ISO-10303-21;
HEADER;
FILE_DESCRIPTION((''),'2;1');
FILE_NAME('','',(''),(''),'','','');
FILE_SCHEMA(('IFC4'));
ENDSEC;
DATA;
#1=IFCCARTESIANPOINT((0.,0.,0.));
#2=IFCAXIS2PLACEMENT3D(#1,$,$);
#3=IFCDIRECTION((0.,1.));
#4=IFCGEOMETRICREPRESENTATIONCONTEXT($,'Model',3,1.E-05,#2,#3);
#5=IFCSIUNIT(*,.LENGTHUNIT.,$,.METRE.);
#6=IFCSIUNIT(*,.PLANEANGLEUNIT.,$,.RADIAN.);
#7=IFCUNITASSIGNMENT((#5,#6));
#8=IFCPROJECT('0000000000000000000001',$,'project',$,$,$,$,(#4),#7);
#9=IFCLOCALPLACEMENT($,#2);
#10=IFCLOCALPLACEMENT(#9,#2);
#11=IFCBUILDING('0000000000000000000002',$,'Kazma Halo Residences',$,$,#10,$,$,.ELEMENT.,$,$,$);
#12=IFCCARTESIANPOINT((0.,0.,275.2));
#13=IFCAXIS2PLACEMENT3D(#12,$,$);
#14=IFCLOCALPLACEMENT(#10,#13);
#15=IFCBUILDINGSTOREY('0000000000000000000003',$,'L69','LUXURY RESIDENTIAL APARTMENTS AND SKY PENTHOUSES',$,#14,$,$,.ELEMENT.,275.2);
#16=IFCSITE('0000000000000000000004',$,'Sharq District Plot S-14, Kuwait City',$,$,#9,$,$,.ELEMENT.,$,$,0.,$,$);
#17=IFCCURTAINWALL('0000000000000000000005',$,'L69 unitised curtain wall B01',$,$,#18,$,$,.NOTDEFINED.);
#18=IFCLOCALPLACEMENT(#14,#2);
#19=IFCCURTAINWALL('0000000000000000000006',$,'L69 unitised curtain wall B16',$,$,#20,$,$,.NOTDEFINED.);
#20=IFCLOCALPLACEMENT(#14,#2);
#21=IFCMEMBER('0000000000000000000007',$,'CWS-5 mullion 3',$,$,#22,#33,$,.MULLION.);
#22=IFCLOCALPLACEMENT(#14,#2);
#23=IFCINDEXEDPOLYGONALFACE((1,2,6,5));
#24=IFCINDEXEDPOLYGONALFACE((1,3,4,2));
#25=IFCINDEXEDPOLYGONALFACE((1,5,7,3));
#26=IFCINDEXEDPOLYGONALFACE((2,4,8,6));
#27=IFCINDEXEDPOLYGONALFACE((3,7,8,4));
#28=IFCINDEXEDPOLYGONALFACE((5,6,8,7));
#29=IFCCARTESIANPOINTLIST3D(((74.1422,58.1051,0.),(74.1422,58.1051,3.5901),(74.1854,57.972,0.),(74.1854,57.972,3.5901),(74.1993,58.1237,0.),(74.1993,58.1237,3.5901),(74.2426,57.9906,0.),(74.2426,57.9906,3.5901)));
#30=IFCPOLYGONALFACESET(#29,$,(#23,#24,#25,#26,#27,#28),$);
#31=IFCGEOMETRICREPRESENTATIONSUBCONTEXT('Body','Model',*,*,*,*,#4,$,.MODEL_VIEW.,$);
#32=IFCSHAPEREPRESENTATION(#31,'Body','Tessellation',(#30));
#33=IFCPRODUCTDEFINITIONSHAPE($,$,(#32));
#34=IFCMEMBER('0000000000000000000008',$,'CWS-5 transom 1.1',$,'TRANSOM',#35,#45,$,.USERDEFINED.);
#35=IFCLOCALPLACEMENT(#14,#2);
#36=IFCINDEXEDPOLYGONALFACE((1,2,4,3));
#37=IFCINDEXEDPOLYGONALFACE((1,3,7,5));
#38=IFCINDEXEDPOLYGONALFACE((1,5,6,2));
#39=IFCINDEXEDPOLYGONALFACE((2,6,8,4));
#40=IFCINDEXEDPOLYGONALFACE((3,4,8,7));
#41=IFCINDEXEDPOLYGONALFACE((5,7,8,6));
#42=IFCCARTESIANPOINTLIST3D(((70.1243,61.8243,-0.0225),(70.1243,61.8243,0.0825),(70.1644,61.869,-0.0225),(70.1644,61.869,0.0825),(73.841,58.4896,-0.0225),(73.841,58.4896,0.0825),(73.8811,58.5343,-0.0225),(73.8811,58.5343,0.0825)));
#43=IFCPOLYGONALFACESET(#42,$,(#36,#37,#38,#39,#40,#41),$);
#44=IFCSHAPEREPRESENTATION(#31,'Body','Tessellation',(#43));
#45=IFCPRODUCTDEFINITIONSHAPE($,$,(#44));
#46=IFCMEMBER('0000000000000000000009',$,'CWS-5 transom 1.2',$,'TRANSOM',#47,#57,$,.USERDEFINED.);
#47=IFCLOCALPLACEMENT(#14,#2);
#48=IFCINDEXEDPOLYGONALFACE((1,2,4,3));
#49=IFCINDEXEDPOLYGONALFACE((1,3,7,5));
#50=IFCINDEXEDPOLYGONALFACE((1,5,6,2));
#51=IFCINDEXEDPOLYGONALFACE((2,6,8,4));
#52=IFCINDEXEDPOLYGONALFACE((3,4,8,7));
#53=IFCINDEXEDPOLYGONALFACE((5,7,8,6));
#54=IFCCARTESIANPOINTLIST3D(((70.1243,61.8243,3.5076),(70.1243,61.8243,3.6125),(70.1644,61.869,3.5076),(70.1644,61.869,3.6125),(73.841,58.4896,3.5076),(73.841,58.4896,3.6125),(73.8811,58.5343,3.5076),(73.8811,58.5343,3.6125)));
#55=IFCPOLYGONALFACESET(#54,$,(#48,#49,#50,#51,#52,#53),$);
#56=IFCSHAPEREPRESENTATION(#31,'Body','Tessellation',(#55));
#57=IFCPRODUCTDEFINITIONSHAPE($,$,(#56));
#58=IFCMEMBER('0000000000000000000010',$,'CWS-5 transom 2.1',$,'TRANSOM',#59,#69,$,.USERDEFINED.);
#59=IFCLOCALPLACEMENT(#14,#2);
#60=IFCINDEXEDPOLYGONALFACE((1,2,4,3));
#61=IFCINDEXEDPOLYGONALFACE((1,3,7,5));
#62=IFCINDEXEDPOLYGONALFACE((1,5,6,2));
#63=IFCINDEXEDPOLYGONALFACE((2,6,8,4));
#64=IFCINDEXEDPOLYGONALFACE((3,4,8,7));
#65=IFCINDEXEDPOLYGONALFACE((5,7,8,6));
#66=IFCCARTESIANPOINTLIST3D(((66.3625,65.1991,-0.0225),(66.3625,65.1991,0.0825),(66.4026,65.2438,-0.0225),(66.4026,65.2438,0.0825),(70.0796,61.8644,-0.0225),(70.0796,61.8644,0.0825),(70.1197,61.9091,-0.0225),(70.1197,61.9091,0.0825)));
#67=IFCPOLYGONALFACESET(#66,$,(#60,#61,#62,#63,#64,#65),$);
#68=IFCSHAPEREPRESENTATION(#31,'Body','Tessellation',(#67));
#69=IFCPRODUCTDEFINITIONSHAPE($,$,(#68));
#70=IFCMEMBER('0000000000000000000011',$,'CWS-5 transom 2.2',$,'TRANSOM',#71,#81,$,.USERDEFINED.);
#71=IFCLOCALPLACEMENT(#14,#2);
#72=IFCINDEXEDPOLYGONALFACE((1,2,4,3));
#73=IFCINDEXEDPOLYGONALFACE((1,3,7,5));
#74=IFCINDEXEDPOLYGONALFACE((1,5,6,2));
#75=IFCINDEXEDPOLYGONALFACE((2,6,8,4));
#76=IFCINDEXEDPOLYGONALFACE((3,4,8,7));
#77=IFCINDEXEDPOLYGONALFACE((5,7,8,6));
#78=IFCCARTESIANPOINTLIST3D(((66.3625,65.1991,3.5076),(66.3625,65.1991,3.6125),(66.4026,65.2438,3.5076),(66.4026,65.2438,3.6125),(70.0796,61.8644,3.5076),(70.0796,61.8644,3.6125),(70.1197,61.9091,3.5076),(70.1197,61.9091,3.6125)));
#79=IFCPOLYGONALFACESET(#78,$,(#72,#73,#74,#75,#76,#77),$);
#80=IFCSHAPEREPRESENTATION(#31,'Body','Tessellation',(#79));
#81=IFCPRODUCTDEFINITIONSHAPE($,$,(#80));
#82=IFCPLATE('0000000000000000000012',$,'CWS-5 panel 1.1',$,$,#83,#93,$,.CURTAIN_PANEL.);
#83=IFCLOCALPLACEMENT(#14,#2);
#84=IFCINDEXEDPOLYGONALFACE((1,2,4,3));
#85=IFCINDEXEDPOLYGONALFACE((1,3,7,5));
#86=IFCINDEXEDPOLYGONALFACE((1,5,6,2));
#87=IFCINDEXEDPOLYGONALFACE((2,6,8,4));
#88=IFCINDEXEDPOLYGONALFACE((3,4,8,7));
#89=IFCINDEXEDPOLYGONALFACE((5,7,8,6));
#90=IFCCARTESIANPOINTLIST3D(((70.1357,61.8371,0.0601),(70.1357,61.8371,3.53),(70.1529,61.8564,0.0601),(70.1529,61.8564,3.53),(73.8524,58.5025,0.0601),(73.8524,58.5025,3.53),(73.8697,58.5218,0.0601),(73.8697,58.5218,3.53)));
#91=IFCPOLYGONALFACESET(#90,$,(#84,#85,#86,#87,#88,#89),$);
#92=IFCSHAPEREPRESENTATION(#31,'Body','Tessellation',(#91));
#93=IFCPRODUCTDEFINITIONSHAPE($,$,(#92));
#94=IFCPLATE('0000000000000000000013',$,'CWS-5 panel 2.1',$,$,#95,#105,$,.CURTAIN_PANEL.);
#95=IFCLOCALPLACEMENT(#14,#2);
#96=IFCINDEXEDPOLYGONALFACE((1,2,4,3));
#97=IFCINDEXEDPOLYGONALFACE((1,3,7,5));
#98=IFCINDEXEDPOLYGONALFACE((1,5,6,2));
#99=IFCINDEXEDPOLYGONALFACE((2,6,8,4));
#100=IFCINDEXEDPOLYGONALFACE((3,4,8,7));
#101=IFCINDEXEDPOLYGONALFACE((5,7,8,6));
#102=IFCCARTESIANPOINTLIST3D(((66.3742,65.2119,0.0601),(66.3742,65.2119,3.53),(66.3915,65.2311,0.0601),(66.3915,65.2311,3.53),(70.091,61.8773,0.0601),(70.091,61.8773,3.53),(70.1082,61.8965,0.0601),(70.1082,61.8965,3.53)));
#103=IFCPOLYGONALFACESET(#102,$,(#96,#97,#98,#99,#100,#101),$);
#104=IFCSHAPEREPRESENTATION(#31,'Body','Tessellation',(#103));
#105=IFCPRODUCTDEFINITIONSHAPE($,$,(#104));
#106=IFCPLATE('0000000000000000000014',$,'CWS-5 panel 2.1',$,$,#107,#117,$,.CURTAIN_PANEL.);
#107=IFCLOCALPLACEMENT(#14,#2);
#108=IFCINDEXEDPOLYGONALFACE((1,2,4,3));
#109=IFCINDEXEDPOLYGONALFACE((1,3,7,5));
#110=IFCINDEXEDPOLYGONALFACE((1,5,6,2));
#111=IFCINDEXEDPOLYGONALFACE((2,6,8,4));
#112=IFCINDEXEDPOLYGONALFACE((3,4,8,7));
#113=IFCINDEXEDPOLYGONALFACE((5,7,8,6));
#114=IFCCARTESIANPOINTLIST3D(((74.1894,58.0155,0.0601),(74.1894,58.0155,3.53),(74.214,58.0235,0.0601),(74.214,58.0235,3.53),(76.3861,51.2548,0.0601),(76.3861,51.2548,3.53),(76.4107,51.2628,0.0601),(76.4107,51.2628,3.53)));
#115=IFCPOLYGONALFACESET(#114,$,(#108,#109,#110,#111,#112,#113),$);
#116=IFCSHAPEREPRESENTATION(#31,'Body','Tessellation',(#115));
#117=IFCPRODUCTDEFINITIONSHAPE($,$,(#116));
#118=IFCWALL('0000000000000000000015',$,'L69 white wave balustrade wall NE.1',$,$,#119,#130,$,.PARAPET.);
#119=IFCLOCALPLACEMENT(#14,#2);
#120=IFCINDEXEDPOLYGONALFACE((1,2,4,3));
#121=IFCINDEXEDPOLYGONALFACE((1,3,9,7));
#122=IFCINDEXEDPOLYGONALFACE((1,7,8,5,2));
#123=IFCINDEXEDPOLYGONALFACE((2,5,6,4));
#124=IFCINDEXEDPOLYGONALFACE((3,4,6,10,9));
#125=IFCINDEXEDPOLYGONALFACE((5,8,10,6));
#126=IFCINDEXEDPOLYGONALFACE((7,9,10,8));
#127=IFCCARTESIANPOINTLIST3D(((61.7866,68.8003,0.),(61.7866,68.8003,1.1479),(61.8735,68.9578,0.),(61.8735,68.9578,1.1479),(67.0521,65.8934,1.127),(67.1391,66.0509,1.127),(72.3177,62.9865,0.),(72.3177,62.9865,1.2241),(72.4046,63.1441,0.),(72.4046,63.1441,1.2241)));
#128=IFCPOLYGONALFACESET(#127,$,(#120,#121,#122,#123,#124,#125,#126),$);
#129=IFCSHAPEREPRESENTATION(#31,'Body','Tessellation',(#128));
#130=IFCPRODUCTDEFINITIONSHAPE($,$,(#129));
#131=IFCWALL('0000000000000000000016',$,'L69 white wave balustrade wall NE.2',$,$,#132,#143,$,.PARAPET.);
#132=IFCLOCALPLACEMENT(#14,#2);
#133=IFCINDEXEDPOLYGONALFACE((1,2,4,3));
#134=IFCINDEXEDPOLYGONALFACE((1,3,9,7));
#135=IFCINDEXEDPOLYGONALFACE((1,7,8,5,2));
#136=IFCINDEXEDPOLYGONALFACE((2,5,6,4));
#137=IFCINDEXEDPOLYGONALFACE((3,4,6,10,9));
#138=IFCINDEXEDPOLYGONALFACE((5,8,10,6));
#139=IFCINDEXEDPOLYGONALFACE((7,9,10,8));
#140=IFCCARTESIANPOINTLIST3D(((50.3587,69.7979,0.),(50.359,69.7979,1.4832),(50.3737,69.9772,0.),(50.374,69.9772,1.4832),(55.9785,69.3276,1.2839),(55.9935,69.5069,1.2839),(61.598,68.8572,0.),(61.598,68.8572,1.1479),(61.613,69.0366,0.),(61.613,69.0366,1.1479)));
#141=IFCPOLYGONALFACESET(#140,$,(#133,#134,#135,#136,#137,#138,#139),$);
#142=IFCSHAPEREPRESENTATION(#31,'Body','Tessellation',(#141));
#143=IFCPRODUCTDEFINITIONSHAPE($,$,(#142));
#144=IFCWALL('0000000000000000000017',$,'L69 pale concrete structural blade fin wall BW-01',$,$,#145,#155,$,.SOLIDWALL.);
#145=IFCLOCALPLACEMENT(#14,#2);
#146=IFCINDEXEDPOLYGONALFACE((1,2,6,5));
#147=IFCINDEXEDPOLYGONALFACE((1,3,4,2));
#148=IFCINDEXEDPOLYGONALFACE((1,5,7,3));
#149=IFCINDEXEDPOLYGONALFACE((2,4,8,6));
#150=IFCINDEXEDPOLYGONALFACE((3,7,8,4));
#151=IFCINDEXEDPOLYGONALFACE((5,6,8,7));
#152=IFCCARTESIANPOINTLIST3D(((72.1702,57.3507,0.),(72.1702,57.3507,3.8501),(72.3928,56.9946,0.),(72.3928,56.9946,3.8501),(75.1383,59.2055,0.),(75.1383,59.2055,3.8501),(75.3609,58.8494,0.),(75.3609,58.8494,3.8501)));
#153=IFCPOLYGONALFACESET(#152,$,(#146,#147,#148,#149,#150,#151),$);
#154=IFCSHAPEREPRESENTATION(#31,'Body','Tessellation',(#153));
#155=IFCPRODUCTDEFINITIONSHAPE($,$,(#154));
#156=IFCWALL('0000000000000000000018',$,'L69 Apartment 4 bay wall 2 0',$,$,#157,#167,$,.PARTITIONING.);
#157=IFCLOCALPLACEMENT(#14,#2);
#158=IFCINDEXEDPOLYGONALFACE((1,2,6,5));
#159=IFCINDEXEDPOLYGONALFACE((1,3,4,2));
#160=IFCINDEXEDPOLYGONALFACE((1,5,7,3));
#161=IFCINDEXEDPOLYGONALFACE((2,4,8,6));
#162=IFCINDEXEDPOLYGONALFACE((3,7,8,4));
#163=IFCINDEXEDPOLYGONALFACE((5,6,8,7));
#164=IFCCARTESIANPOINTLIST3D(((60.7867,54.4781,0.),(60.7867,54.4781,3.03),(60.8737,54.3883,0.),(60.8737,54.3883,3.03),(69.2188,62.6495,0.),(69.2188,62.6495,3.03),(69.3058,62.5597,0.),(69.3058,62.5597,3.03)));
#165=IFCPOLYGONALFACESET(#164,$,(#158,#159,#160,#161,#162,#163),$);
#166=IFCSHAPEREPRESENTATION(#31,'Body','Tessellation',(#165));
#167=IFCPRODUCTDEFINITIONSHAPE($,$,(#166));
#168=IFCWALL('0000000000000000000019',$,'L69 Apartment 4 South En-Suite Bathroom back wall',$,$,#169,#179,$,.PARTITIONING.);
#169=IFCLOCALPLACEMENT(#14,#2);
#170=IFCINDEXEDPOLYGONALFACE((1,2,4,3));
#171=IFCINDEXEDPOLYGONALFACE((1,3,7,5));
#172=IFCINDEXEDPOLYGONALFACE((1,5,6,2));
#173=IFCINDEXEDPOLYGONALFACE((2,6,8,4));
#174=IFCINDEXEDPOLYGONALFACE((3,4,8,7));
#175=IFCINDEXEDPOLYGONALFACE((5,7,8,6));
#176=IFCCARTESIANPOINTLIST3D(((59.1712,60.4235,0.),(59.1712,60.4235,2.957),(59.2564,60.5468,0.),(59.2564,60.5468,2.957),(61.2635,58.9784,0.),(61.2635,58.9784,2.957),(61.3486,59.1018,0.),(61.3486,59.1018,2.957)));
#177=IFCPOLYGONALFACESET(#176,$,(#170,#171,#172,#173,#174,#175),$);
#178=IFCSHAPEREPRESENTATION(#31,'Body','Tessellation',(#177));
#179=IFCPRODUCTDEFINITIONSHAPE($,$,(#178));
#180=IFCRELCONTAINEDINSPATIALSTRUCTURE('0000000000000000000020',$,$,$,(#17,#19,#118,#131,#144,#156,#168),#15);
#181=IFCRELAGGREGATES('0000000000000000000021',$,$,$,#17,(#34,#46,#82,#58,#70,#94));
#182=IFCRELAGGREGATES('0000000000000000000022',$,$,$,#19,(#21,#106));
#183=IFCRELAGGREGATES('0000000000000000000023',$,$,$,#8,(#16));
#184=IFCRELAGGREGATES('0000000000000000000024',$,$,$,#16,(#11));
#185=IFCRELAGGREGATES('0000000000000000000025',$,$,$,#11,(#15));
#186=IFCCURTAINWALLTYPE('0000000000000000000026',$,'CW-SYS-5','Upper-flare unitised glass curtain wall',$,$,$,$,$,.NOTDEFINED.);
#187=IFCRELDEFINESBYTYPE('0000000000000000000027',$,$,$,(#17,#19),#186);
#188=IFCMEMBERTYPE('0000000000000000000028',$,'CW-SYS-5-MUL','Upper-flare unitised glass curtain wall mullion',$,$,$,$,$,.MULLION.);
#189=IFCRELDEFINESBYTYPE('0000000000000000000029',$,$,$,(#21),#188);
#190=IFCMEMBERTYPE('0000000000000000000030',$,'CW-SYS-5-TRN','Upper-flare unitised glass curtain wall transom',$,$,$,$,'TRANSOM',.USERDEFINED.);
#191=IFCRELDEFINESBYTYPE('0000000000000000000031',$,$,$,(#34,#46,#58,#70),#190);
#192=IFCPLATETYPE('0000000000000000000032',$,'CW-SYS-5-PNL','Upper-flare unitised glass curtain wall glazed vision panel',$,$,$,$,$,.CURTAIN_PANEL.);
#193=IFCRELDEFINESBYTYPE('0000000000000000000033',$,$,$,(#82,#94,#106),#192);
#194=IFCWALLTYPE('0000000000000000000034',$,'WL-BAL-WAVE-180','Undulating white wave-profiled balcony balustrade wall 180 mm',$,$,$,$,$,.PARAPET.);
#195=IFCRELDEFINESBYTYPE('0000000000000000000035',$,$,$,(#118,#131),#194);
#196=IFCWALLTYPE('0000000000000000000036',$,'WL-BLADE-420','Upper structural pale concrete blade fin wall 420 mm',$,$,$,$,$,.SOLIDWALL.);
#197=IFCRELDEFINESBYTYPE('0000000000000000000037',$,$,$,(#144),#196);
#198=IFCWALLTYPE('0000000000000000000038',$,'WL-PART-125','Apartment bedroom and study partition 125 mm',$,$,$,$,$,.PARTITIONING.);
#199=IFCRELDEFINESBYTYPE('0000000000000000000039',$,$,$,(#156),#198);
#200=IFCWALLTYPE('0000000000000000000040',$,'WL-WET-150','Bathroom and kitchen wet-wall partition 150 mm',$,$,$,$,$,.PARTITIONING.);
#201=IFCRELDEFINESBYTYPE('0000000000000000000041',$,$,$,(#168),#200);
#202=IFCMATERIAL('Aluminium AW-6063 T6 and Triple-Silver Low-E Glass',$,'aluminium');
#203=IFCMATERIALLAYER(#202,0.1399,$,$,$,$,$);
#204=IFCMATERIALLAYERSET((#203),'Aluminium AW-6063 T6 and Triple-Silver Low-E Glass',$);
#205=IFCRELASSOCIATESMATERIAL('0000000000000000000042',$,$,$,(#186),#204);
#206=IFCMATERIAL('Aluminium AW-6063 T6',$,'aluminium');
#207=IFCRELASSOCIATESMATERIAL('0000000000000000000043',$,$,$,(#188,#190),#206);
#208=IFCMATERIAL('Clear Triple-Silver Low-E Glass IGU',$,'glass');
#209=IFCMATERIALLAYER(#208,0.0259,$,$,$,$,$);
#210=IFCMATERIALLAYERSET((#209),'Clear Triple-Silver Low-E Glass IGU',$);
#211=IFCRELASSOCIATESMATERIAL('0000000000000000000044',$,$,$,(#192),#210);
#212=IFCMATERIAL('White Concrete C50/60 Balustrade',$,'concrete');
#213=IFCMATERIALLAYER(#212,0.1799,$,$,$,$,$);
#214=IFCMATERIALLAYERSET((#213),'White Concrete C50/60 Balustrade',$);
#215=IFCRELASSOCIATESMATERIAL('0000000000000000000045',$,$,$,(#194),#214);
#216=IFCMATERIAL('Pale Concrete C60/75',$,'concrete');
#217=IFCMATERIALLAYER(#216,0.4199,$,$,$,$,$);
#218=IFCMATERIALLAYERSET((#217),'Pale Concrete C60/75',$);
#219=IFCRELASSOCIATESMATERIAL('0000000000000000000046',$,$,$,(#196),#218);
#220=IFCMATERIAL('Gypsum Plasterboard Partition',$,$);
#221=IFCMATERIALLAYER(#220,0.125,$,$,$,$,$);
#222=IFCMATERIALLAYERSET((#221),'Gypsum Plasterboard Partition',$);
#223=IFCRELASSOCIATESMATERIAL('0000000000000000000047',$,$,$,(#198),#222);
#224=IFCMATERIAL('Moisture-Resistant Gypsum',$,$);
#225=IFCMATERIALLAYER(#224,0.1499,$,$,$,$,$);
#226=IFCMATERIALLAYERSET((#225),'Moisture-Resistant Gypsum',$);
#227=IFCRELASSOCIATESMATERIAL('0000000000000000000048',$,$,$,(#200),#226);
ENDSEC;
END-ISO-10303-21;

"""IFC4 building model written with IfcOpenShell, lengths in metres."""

from ifc_helpers import new_model, si_unit, direction, frame, frame_2d, origin, origin_2d, place, context, subcontext, project, spatial, polyline, rectangle, outline, extrude, material, layer, layer_set, material_profile, profile_set, type_object, element, aggregate, save


model = new_model("IFC4")

# Units and contexts
model_context = context("Model", 3, precision=1e-05, world=origin(), true_north=direction((0.0, 1.0)))
body_context = subcontext(model_context, "Body", "Model", "MODEL_VIEW")
ifc_project = project(units=[si_unit("LENGTHUNIT", "METRE"), si_unit("PLANEANGLEUNIT", "RADIAN")], contexts=[model_context])

# Site, building, storey
site_placement = place(None, origin())
site = spatial("IfcSite", under=ifc_project, at=site_placement, Name="Sharq District Plot S-14, Kuwait City", CompositionType="ELEMENT", RefElevation=0.0)
building_placement = place(site_placement, origin())
building = spatial("IfcBuilding", under=site, at=building_placement, Name="Kazma Halo Residences", CompositionType="ELEMENT")
storey_placement = place(building_placement, frame((0.0, 0.0, 275.2)))
storey = spatial("IfcBuildingStorey", under=building, at=storey_placement, Name="L69", Description="LUXURY RESIDENTIAL APARTMENTS AND SKY PENTHOUSES", CompositionType="ELEMENT", Elevation=275.2)

# Curtain wall
ifc_material_1 = material(Name="Aluminium AW-6063 T6 and Triple-Silver Low-E Glass", Category="aluminium")
ifc_layer_1 = layer(ifc_material_1, 0.1399)
ifc_layer_set_1 = layer_set([ifc_layer_1], Name="Aluminium AW-6063 T6 and Triple-Silver Low-E Glass")
curtain_wall_type = type_object("IfcCurtainWallType", Name="CW-SYS-5", Description="Upper-flare unitised glass curtain wall", PredefinedType="NOTDEFINED", material=ifc_layer_set_1)
curtain_wall_1_placement = place(storey_placement, origin())
curtain_wall_1 = element("IfcCurtainWall", 1, at=curtain_wall_1_placement, inside=storey, type_object=curtain_wall_type, Name="L69 unitised curtain wall B01", PredefinedType="NOTDEFINED")
ifc_material_2 = material(Name="Aluminium AW-6063 T6", Category="aluminium")
ifc_material_profile_1 = material_profile(ifc_material_2, rectangle(XDim=0.0601, YDim=0.1399, at=origin_2d()), Name="CWM-60x140")
ifc_profile_set_1 = profile_set([ifc_material_profile_1], Name="Aluminium AW-6063 T6")
member_type_1 = type_object("IfcMemberType", Name="CW-SYS-5-MUL", Description="Upper-flare unitised glass curtain wall mullion", PredefinedType="MULLION", material=ifc_profile_set_1)

# Curtain wall, member
curtain_wall_2_placement = place(storey_placement, origin())
curtain_wall_2 = element("IfcCurtainWall", 2, at=curtain_wall_2_placement, inside=storey, type_object=curtain_wall_type, Name="L69 unitised curtain wall B16", PredefinedType="NOTDEFINED")
member_1_placement = place(storey_placement, frame((74.1924, 58.0479, 0.0), z_axis=(0.0, 0.0, 1.0), x_axis=(-0.951058, -0.309011, 0.0)))
member_1 = element("IfcMember", 3, at=member_1_placement, type_object=member_type_1, Name="CWS-5 mullion 3", PredefinedType="MULLION", context=body_context, shape_type="SweptSolid", body=[
    extrude(rectangle(XDim=0.0601, YDim=0.1399, at=origin_2d()), origin(), (0.0, 0.0, 1.0), 3.5901),
])

# Members
ifc_material_profile_2 = material_profile(ifc_material_2, rectangle(XDim=0.0601, YDim=0.105, at=origin_2d()), Name="CWT-60x105")
ifc_profile_set_2 = profile_set([ifc_material_profile_2], Name="Aluminium AW-6063 T6")
member_type_2 = type_object("IfcMemberType", Name="CW-SYS-5-TRN", Description="Upper-flare unitised glass curtain wall transom", ElementType="TRANSOM", PredefinedType="USERDEFINED", material=ifc_profile_set_2)
member_2_placement = place(storey_placement, frame((73.8611, 58.512, 0.03), z_axis=(-0.744329, 0.667813, 0.0), x_axis=(-0.667813, -0.744329, 0.0)))
member_2 = element("IfcMember", 4, at=member_2_placement, type_object=member_type_2, Name="CWS-5 transom 1.1", ObjectType="TRANSOM", PredefinedType="USERDEFINED", context=body_context, shape_type="SweptSolid", body=[
    extrude(rectangle(XDim=0.0601, YDim=0.105, at=origin_2d()), origin(), (0.0, 0.0, 1.0), 4.9934),
])
member_3_placement = place(storey_placement, frame((73.8611, 58.512, 3.5601), z_axis=(-0.744329, 0.667813, 0.0), x_axis=(-0.667813, -0.744329, 0.0)))
member_3 = element("IfcMember", 5, at=member_3_placement, type_object=member_type_2, Name="CWS-5 transom 1.2", ObjectType="TRANSOM", PredefinedType="USERDEFINED", context=body_context, shape_type="SweptSolid", body=[
    extrude(rectangle(XDim=0.0601, YDim=0.105, at=origin_2d()), origin(), (0.0, 0.0, 1.0), 4.9934),
])
member_4_placement = place(storey_placement, frame((70.0996, 61.8867, 0.03), z_axis=(-0.744351, 0.667789, 0.0), x_axis=(-0.667789, -0.744351, 0.0)))
member_4 = element("IfcMember", 6, at=member_4_placement, type_object=member_type_2, Name="CWS-5 transom 2.1", ObjectType="TRANSOM", PredefinedType="USERDEFINED", context=body_context, shape_type="SweptSolid", body=[
    extrude(rectangle(XDim=0.0601, YDim=0.105, at=origin_2d()), origin(), (0.0, 0.0, 1.0), 4.9937),
])
member_5_placement = place(storey_placement, frame((70.0996, 61.8867, 3.5601), z_axis=(-0.744351, 0.667789, 0.0), x_axis=(-0.667789, -0.744351, 0.0)))
member_5 = element("IfcMember", 7, at=member_5_placement, type_object=member_type_2, Name="CWS-5 transom 2.2", ObjectType="TRANSOM", PredefinedType="USERDEFINED", context=body_context, shape_type="SweptSolid", body=[
    extrude(rectangle(XDim=0.0601, YDim=0.105, at=origin_2d()), origin(), (0.0, 0.0, 1.0), 4.9937),
])

# Plates
ifc_material_3 = material(Name="Clear Triple-Silver Low-E Glass IGU", Category="glass")
ifc_layer_2 = layer(ifc_material_3, 0.0259)
ifc_layer_set_2 = layer_set([ifc_layer_2], Name="Clear Triple-Silver Low-E Glass IGU")
plate_type = type_object("IfcPlateType", Name="CW-SYS-5-PNL", Description="Upper-flare unitised glass curtain wall glazed vision panel", PredefinedType="CURTAIN_PANEL", material=ifc_layer_set_2)
plate_1_placement = place(storey_placement, frame((72.0027, 60.1794, 0.0601), z_axis=(0.0, 0.0, 1.0), x_axis=(-0.744336, 0.667805, 0.0)))
plate_1 = element("IfcPlate", 8, at=plate_1_placement, type_object=plate_type, Name="CWS-5 panel 1.1", PredefinedType="CURTAIN_PANEL", context=body_context, shape_type="SweptSolid", body=[
    extrude(rectangle(XDim=4.9934, YDim=0.0259, at=origin_2d()), origin(), (0.0, 0.0, 1.0), 3.47),
])
plate_2_placement = place(storey_placement, frame((68.2412, 63.5542, 0.0601), z_axis=(0.0, 0.0, 1.0), x_axis=(-0.744336, 0.667805, 0.0)))
plate_2 = element("IfcPlate", 9, at=plate_2_placement, type_object=plate_type, Name="CWS-5 panel 2.1", PredefinedType="CURTAIN_PANEL", context=body_context, shape_type="SweptSolid", body=[
    extrude(rectangle(XDim=4.9934, YDim=0.0259, at=origin_2d()), origin(), (0.0, 0.0, 1.0), 3.47),
])
aggregate(curtain_wall_1, [member_2, member_3, plate_1, member_4, member_5, plate_2])
plate_3_placement = place(storey_placement, frame((75.3, 54.6392, 0.0601), z_axis=(0.0, 0.0, 1.0), x_axis=(-0.309011, 0.951058, 0.0)))
plate_3 = element("IfcPlate", 10, at=plate_3_placement, type_object=plate_type, Name="CWS-5 panel 2.1", PredefinedType="CURTAIN_PANEL", context=body_context, shape_type="SweptSolid", body=[
    extrude(rectangle(XDim=7.1086, YDim=0.0259, at=origin_2d()), origin(), (0.0, 0.0, 1.0), 3.47),
])
aggregate(curtain_wall_2, [member_1, plate_3])

# Walls
ifc_material_4 = material(Name="White Concrete C50/60 Balustrade", Category="concrete")
ifc_layer_3 = layer(ifc_material_4, 0.1799)
ifc_layer_set_3 = layer_set([ifc_layer_3], Name="White Concrete C50/60 Balustrade")
wall_type_1 = type_object("IfcWallType", Name="WL-BAL-WAVE-180", Description="Undulating white wave-profiled balcony balustrade wall 180 mm", PredefinedType="PARAPET", material=ifc_layer_set_3)
wall_1_placement = place(storey_placement, frame((72.3611, 63.0652, 0.0), z_axis=(0.0, 0.0, 1.0), x_axis=(-0.875454, 0.483301, 0.0)))
element("IfcWall", 11, at=wall_1_placement, inside=storey, type_object=wall_type_1, Name="L69 white wave balustrade wall NE.1", PredefinedType="PARAPET", context=body_context, shape_type="SweptSolid", body=[
    extrude(outline(polyline([(0.0, 0.0), (12.0293, 0.0), (12.0293, 1.1479), (6.0146, 1.127), (0.0, 1.2241), (0.0, 0.0)])), frame((0.0, 0.0898, 0.0), z_axis=(0.0, -1.0, 0.0), x_axis=(1.0, 0.0, 0.0)), (0.0, 0.0, 1.0), 0.1799),
])
wall_2_placement = place(storey_placement, frame((61.6055, 68.9468, 0.0), z_axis=(0.0, 0.0, 1.0), x_axis=(-0.996516, 0.083404, 0.0)))
element("IfcWall", 12, at=wall_2_placement, inside=storey, type_object=wall_type_1, Name="L69 white wave balustrade wall NE.2", PredefinedType="PARAPET", context=body_context, shape_type="SweptSolid", body=[
    extrude(outline(polyline([(0.0, 0.0), (11.2786, 0.0), (11.2783, 1.4832), (5.6392, 1.2839), (0.0, 1.1479), (0.0, 0.0)])), frame((0.0, 0.0898, 0.0), z_axis=(0.0, -1.0, 0.0), x_axis=(1.0, 0.0, 0.0)), (0.0, 0.0, 1.0), 0.1799),
])
ifc_material_5 = material(Name="Pale Concrete C60/75", Category="concrete")
ifc_layer_4 = layer(ifc_material_5, 0.4199)
ifc_layer_set_4 = layer_set([ifc_layer_4], Name="Pale Concrete C60/75")
wall_type_2 = type_object("IfcWallType", Name="WL-BLADE-420", Description="Upper structural pale concrete blade fin wall 420 mm", PredefinedType="SOLIDWALL", material=ifc_layer_set_4)
wall_3_placement = place(storey_placement, frame((72.2815, 57.1726, 0.0), z_axis=(0.0, 0.0, 1.0), x_axis=(0.848034, 0.529943, 0.0)))
element("IfcWall", 13, at=wall_3_placement, inside=storey, type_object=wall_type_2, Name="L69 pale concrete structural blade fin wall BW-01", PredefinedType="SOLIDWALL", context=body_context, shape_type="SweptSolid", body=[
    extrude(rectangle(XDim=3.5, YDim=0.4199, at=frame_2d((1.75, 0.0))), origin(), (0.0, 0.0, 1.0), 3.8501),
])

# Walls
ifc_material_6 = material(Name="Gypsum Plasterboard Partition")
ifc_layer_5 = layer(ifc_material_6, 0.125)
ifc_layer_set_5 = layer_set([ifc_layer_5], Name="Gypsum Plasterboard Partition")
wall_type_3 = type_object("IfcWallType", Name="WL-PART-125", Description="Apartment bedroom and study partition 125 mm", PredefinedType="PARTITIONING", material=ifc_layer_set_5)
wall_4_placement = place(storey_placement, frame((60.8301, 54.4331, 0.0), z_axis=(0.0, 0.0, 1.0), x_axis=(0.718123, 0.695917, 0.0)))
element("IfcWall", 14, at=wall_4_placement, inside=storey, type_object=wall_type_3, Name="L69 Apartment 4 bay wall 2 0", PredefinedType="PARTITIONING", context=body_context, shape_type="SweptSolid", body=[
    extrude(rectangle(XDim=11.7419, YDim=0.125, at=frame_2d((5.8711, 0.0))), origin(), (0.0, 0.0, 1.0), 3.03),
])
ifc_material_7 = material(Name="Moisture-Resistant Gypsum")
ifc_layer_6 = layer(ifc_material_7, 0.1499)
ifc_layer_set_6 = layer_set([ifc_layer_6], Name="Moisture-Resistant Gypsum")
wall_type_4 = type_object("IfcWallType", Name="WL-WET-150", Description="Bathroom and kitchen wet-wall partition 150 mm", PredefinedType="PARTITIONING", material=ifc_layer_set_6)
wall_5_placement = place(storey_placement, frame((61.3062, 59.04, 0.0), z_axis=(0.0, 0.0, 1.0), x_axis=(-0.822824, 0.568296, 0.0)))
element("IfcWall", 15, at=wall_5_placement, inside=storey, type_object=wall_type_4, Name="L69 Apartment 4 South En-Suite Bathroom back wall", PredefinedType="PARTITIONING", context=body_context, shape_type="SweptSolid", body=[
    extrude(rectangle(XDim=2.5427, YDim=0.1499, at=frame_2d((1.2715, 0.0))), origin(), (0.0, 0.0, 1.0), 2.957),
])

save(model, "model.ifc")
